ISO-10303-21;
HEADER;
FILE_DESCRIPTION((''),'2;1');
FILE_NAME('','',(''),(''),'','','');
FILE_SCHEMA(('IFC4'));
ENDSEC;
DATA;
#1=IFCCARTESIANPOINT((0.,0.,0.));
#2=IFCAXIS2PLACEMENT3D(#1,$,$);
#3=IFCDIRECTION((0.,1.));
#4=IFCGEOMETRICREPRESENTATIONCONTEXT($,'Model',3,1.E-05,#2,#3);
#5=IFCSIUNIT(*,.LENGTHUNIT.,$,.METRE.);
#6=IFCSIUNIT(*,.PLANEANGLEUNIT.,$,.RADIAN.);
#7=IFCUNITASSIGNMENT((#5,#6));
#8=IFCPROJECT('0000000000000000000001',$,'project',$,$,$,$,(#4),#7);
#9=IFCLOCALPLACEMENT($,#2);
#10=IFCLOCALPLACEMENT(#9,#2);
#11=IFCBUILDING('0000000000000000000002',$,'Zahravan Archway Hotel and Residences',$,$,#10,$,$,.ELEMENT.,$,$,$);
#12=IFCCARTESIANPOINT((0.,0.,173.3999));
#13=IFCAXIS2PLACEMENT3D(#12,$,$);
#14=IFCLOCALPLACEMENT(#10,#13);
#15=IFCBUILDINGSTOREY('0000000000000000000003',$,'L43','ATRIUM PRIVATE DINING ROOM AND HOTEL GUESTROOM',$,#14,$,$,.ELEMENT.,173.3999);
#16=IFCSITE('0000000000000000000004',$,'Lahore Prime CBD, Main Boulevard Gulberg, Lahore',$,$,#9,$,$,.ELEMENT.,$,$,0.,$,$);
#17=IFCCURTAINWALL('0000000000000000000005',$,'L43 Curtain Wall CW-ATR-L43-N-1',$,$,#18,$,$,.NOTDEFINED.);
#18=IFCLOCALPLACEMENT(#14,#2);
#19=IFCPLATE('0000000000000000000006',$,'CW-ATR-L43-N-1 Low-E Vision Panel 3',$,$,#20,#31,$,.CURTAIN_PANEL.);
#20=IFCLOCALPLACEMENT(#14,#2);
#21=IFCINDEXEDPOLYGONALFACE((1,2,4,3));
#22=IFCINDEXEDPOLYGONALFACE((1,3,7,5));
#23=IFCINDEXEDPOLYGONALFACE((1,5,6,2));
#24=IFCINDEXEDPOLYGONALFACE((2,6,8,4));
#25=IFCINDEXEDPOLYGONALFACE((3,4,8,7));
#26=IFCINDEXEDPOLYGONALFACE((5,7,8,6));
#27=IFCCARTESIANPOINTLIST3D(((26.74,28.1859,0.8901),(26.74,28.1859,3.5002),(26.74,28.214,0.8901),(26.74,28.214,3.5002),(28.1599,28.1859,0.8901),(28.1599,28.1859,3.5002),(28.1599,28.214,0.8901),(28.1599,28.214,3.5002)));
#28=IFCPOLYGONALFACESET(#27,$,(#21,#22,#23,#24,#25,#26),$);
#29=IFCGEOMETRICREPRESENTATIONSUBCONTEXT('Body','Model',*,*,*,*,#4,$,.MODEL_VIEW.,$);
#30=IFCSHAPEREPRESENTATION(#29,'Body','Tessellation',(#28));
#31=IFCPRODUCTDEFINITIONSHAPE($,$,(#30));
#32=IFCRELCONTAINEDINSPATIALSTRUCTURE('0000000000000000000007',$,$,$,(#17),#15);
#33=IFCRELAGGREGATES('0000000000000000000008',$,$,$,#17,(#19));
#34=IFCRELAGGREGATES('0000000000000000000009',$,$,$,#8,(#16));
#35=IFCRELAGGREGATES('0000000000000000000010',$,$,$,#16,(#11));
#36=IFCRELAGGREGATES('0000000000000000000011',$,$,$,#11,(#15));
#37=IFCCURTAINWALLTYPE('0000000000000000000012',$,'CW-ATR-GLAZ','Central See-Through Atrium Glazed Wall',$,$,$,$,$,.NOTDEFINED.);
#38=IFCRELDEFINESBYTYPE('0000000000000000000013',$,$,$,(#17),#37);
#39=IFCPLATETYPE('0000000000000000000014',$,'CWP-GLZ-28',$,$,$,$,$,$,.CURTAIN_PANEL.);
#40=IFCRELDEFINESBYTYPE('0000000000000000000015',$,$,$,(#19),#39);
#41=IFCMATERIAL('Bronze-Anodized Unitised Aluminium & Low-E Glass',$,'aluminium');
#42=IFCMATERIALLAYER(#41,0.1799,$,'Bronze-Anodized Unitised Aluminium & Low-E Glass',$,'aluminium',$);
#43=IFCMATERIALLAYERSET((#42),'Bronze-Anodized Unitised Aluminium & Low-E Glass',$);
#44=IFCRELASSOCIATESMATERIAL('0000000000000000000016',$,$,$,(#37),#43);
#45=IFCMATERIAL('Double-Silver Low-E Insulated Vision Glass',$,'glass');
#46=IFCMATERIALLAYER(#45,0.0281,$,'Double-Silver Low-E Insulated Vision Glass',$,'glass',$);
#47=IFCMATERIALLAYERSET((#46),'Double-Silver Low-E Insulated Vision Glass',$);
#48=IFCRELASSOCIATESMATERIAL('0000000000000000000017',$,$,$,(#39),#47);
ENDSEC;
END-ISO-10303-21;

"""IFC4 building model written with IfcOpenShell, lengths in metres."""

from ifc_helpers import new_model, si_unit, direction, frame, origin, origin_2d, place, context, subcontext, project, spatial, rectangle, extrude, source, transform, mapped, material, layer, layer_set, type_object, element, aggregate, save


model = new_model("IFC4")

# Units and contexts
model_context = context("Model", 3, precision=1e-05, world=origin(), true_north=direction((0.0, 1.0)))
body_context = subcontext(model_context, "Body", "Model", "MODEL_VIEW")
ifc_project = project(units=[si_unit("LENGTHUNIT", "METRE"), si_unit("PLANEANGLEUNIT", "RADIAN")], contexts=[model_context])

# Site, building, storey
site_placement = place(None, origin())
site = spatial("IfcSite", under=ifc_project, at=site_placement, Name="Lahore Prime CBD, Main Boulevard Gulberg, Lahore", CompositionType="ELEMENT", RefElevation=0.0)
building_placement = place(site_placement, origin())
building = spatial("IfcBuilding", under=site, at=building_placement, Name="Zahravan Archway Hotel and Residences", CompositionType="ELEMENT")
storey_placement = place(building_placement, frame((0.0, 0.0, 173.3999)))
storey = spatial("IfcBuildingStorey", under=building, at=storey_placement, Name="L43", Description="ATRIUM PRIVATE DINING ROOM AND HOTEL GUESTROOM", CompositionType="ELEMENT", Elevation=173.3999)

# Curtain wall
ifc_material_1 = material(Name="Bronze-Anodized Unitised Aluminium & Low-E Glass", Category="aluminium")
ifc_layer_1 = layer(ifc_material_1, 0.1799, Name="Bronze-Anodized Unitised Aluminium & Low-E Glass", Category="aluminium")
ifc_layer_set_1 = layer_set([ifc_layer_1], Name="Bronze-Anodized Unitised Aluminium & Low-E Glass")
curtain_wall_type = type_object("IfcCurtainWallType", Name="CW-ATR-GLAZ", Description="Central See-Through Atrium Glazed Wall", PredefinedType="NOTDEFINED", material=ifc_layer_set_1)
curtain_wall_1_placement = place(storey_placement, origin())
curtain_wall_1 = element("IfcCurtainWall", 1, at=curtain_wall_1_placement, inside=storey, type_object=curtain_wall_type, Name="L43 Curtain Wall CW-ATR-L43-N-1", PredefinedType="NOTDEFINED")

# Plate
ifc_material_2 = material(Name="Double-Silver Low-E Insulated Vision Glass", Category="glass")
ifc_layer_2 = layer(ifc_material_2, 0.0281, Name="Double-Silver Low-E Insulated Vision Glass", Category="glass")
ifc_layer_set_2 = layer_set([ifc_layer_2], Name="Double-Silver Low-E Insulated Vision Glass")
plate_type_1 = type_object("IfcPlateType", Name="CWP-GLZ-28", PredefinedType="CURTAIN_PANEL", material=ifc_layer_set_2)
shared_shape_1 = source(origin(), body_context, "Body", "SweptSolid", [
    extrude(rectangle(XDim=1.4199, YDim=0.0281, at=origin_2d()), origin(), (0.0, 0.0, 1.0), 2.6101),
])
plate_1_placement = place(storey_placement, frame((27.45, 28.2, 0.8901), z_axis=(0.0, 0.0, 1.0), x_axis=(1.0, 0.0, 0.0)))
plate_1 = element("IfcPlate", 2, at=plate_1_placement, type_object=plate_type_1, Name="CW-ATR-L43-N-1 Low-E Vision Panel 3", PredefinedType="CURTAIN_PANEL", context=body_context, shape_type="MappedRepresentation", body=[
    mapped(shared_shape_1, transform((0.0, 0.0, 0.0), scale=1.0)),
])
aggregate(curtain_wall_1, [plate_1])

save(model, "model.ifc")
